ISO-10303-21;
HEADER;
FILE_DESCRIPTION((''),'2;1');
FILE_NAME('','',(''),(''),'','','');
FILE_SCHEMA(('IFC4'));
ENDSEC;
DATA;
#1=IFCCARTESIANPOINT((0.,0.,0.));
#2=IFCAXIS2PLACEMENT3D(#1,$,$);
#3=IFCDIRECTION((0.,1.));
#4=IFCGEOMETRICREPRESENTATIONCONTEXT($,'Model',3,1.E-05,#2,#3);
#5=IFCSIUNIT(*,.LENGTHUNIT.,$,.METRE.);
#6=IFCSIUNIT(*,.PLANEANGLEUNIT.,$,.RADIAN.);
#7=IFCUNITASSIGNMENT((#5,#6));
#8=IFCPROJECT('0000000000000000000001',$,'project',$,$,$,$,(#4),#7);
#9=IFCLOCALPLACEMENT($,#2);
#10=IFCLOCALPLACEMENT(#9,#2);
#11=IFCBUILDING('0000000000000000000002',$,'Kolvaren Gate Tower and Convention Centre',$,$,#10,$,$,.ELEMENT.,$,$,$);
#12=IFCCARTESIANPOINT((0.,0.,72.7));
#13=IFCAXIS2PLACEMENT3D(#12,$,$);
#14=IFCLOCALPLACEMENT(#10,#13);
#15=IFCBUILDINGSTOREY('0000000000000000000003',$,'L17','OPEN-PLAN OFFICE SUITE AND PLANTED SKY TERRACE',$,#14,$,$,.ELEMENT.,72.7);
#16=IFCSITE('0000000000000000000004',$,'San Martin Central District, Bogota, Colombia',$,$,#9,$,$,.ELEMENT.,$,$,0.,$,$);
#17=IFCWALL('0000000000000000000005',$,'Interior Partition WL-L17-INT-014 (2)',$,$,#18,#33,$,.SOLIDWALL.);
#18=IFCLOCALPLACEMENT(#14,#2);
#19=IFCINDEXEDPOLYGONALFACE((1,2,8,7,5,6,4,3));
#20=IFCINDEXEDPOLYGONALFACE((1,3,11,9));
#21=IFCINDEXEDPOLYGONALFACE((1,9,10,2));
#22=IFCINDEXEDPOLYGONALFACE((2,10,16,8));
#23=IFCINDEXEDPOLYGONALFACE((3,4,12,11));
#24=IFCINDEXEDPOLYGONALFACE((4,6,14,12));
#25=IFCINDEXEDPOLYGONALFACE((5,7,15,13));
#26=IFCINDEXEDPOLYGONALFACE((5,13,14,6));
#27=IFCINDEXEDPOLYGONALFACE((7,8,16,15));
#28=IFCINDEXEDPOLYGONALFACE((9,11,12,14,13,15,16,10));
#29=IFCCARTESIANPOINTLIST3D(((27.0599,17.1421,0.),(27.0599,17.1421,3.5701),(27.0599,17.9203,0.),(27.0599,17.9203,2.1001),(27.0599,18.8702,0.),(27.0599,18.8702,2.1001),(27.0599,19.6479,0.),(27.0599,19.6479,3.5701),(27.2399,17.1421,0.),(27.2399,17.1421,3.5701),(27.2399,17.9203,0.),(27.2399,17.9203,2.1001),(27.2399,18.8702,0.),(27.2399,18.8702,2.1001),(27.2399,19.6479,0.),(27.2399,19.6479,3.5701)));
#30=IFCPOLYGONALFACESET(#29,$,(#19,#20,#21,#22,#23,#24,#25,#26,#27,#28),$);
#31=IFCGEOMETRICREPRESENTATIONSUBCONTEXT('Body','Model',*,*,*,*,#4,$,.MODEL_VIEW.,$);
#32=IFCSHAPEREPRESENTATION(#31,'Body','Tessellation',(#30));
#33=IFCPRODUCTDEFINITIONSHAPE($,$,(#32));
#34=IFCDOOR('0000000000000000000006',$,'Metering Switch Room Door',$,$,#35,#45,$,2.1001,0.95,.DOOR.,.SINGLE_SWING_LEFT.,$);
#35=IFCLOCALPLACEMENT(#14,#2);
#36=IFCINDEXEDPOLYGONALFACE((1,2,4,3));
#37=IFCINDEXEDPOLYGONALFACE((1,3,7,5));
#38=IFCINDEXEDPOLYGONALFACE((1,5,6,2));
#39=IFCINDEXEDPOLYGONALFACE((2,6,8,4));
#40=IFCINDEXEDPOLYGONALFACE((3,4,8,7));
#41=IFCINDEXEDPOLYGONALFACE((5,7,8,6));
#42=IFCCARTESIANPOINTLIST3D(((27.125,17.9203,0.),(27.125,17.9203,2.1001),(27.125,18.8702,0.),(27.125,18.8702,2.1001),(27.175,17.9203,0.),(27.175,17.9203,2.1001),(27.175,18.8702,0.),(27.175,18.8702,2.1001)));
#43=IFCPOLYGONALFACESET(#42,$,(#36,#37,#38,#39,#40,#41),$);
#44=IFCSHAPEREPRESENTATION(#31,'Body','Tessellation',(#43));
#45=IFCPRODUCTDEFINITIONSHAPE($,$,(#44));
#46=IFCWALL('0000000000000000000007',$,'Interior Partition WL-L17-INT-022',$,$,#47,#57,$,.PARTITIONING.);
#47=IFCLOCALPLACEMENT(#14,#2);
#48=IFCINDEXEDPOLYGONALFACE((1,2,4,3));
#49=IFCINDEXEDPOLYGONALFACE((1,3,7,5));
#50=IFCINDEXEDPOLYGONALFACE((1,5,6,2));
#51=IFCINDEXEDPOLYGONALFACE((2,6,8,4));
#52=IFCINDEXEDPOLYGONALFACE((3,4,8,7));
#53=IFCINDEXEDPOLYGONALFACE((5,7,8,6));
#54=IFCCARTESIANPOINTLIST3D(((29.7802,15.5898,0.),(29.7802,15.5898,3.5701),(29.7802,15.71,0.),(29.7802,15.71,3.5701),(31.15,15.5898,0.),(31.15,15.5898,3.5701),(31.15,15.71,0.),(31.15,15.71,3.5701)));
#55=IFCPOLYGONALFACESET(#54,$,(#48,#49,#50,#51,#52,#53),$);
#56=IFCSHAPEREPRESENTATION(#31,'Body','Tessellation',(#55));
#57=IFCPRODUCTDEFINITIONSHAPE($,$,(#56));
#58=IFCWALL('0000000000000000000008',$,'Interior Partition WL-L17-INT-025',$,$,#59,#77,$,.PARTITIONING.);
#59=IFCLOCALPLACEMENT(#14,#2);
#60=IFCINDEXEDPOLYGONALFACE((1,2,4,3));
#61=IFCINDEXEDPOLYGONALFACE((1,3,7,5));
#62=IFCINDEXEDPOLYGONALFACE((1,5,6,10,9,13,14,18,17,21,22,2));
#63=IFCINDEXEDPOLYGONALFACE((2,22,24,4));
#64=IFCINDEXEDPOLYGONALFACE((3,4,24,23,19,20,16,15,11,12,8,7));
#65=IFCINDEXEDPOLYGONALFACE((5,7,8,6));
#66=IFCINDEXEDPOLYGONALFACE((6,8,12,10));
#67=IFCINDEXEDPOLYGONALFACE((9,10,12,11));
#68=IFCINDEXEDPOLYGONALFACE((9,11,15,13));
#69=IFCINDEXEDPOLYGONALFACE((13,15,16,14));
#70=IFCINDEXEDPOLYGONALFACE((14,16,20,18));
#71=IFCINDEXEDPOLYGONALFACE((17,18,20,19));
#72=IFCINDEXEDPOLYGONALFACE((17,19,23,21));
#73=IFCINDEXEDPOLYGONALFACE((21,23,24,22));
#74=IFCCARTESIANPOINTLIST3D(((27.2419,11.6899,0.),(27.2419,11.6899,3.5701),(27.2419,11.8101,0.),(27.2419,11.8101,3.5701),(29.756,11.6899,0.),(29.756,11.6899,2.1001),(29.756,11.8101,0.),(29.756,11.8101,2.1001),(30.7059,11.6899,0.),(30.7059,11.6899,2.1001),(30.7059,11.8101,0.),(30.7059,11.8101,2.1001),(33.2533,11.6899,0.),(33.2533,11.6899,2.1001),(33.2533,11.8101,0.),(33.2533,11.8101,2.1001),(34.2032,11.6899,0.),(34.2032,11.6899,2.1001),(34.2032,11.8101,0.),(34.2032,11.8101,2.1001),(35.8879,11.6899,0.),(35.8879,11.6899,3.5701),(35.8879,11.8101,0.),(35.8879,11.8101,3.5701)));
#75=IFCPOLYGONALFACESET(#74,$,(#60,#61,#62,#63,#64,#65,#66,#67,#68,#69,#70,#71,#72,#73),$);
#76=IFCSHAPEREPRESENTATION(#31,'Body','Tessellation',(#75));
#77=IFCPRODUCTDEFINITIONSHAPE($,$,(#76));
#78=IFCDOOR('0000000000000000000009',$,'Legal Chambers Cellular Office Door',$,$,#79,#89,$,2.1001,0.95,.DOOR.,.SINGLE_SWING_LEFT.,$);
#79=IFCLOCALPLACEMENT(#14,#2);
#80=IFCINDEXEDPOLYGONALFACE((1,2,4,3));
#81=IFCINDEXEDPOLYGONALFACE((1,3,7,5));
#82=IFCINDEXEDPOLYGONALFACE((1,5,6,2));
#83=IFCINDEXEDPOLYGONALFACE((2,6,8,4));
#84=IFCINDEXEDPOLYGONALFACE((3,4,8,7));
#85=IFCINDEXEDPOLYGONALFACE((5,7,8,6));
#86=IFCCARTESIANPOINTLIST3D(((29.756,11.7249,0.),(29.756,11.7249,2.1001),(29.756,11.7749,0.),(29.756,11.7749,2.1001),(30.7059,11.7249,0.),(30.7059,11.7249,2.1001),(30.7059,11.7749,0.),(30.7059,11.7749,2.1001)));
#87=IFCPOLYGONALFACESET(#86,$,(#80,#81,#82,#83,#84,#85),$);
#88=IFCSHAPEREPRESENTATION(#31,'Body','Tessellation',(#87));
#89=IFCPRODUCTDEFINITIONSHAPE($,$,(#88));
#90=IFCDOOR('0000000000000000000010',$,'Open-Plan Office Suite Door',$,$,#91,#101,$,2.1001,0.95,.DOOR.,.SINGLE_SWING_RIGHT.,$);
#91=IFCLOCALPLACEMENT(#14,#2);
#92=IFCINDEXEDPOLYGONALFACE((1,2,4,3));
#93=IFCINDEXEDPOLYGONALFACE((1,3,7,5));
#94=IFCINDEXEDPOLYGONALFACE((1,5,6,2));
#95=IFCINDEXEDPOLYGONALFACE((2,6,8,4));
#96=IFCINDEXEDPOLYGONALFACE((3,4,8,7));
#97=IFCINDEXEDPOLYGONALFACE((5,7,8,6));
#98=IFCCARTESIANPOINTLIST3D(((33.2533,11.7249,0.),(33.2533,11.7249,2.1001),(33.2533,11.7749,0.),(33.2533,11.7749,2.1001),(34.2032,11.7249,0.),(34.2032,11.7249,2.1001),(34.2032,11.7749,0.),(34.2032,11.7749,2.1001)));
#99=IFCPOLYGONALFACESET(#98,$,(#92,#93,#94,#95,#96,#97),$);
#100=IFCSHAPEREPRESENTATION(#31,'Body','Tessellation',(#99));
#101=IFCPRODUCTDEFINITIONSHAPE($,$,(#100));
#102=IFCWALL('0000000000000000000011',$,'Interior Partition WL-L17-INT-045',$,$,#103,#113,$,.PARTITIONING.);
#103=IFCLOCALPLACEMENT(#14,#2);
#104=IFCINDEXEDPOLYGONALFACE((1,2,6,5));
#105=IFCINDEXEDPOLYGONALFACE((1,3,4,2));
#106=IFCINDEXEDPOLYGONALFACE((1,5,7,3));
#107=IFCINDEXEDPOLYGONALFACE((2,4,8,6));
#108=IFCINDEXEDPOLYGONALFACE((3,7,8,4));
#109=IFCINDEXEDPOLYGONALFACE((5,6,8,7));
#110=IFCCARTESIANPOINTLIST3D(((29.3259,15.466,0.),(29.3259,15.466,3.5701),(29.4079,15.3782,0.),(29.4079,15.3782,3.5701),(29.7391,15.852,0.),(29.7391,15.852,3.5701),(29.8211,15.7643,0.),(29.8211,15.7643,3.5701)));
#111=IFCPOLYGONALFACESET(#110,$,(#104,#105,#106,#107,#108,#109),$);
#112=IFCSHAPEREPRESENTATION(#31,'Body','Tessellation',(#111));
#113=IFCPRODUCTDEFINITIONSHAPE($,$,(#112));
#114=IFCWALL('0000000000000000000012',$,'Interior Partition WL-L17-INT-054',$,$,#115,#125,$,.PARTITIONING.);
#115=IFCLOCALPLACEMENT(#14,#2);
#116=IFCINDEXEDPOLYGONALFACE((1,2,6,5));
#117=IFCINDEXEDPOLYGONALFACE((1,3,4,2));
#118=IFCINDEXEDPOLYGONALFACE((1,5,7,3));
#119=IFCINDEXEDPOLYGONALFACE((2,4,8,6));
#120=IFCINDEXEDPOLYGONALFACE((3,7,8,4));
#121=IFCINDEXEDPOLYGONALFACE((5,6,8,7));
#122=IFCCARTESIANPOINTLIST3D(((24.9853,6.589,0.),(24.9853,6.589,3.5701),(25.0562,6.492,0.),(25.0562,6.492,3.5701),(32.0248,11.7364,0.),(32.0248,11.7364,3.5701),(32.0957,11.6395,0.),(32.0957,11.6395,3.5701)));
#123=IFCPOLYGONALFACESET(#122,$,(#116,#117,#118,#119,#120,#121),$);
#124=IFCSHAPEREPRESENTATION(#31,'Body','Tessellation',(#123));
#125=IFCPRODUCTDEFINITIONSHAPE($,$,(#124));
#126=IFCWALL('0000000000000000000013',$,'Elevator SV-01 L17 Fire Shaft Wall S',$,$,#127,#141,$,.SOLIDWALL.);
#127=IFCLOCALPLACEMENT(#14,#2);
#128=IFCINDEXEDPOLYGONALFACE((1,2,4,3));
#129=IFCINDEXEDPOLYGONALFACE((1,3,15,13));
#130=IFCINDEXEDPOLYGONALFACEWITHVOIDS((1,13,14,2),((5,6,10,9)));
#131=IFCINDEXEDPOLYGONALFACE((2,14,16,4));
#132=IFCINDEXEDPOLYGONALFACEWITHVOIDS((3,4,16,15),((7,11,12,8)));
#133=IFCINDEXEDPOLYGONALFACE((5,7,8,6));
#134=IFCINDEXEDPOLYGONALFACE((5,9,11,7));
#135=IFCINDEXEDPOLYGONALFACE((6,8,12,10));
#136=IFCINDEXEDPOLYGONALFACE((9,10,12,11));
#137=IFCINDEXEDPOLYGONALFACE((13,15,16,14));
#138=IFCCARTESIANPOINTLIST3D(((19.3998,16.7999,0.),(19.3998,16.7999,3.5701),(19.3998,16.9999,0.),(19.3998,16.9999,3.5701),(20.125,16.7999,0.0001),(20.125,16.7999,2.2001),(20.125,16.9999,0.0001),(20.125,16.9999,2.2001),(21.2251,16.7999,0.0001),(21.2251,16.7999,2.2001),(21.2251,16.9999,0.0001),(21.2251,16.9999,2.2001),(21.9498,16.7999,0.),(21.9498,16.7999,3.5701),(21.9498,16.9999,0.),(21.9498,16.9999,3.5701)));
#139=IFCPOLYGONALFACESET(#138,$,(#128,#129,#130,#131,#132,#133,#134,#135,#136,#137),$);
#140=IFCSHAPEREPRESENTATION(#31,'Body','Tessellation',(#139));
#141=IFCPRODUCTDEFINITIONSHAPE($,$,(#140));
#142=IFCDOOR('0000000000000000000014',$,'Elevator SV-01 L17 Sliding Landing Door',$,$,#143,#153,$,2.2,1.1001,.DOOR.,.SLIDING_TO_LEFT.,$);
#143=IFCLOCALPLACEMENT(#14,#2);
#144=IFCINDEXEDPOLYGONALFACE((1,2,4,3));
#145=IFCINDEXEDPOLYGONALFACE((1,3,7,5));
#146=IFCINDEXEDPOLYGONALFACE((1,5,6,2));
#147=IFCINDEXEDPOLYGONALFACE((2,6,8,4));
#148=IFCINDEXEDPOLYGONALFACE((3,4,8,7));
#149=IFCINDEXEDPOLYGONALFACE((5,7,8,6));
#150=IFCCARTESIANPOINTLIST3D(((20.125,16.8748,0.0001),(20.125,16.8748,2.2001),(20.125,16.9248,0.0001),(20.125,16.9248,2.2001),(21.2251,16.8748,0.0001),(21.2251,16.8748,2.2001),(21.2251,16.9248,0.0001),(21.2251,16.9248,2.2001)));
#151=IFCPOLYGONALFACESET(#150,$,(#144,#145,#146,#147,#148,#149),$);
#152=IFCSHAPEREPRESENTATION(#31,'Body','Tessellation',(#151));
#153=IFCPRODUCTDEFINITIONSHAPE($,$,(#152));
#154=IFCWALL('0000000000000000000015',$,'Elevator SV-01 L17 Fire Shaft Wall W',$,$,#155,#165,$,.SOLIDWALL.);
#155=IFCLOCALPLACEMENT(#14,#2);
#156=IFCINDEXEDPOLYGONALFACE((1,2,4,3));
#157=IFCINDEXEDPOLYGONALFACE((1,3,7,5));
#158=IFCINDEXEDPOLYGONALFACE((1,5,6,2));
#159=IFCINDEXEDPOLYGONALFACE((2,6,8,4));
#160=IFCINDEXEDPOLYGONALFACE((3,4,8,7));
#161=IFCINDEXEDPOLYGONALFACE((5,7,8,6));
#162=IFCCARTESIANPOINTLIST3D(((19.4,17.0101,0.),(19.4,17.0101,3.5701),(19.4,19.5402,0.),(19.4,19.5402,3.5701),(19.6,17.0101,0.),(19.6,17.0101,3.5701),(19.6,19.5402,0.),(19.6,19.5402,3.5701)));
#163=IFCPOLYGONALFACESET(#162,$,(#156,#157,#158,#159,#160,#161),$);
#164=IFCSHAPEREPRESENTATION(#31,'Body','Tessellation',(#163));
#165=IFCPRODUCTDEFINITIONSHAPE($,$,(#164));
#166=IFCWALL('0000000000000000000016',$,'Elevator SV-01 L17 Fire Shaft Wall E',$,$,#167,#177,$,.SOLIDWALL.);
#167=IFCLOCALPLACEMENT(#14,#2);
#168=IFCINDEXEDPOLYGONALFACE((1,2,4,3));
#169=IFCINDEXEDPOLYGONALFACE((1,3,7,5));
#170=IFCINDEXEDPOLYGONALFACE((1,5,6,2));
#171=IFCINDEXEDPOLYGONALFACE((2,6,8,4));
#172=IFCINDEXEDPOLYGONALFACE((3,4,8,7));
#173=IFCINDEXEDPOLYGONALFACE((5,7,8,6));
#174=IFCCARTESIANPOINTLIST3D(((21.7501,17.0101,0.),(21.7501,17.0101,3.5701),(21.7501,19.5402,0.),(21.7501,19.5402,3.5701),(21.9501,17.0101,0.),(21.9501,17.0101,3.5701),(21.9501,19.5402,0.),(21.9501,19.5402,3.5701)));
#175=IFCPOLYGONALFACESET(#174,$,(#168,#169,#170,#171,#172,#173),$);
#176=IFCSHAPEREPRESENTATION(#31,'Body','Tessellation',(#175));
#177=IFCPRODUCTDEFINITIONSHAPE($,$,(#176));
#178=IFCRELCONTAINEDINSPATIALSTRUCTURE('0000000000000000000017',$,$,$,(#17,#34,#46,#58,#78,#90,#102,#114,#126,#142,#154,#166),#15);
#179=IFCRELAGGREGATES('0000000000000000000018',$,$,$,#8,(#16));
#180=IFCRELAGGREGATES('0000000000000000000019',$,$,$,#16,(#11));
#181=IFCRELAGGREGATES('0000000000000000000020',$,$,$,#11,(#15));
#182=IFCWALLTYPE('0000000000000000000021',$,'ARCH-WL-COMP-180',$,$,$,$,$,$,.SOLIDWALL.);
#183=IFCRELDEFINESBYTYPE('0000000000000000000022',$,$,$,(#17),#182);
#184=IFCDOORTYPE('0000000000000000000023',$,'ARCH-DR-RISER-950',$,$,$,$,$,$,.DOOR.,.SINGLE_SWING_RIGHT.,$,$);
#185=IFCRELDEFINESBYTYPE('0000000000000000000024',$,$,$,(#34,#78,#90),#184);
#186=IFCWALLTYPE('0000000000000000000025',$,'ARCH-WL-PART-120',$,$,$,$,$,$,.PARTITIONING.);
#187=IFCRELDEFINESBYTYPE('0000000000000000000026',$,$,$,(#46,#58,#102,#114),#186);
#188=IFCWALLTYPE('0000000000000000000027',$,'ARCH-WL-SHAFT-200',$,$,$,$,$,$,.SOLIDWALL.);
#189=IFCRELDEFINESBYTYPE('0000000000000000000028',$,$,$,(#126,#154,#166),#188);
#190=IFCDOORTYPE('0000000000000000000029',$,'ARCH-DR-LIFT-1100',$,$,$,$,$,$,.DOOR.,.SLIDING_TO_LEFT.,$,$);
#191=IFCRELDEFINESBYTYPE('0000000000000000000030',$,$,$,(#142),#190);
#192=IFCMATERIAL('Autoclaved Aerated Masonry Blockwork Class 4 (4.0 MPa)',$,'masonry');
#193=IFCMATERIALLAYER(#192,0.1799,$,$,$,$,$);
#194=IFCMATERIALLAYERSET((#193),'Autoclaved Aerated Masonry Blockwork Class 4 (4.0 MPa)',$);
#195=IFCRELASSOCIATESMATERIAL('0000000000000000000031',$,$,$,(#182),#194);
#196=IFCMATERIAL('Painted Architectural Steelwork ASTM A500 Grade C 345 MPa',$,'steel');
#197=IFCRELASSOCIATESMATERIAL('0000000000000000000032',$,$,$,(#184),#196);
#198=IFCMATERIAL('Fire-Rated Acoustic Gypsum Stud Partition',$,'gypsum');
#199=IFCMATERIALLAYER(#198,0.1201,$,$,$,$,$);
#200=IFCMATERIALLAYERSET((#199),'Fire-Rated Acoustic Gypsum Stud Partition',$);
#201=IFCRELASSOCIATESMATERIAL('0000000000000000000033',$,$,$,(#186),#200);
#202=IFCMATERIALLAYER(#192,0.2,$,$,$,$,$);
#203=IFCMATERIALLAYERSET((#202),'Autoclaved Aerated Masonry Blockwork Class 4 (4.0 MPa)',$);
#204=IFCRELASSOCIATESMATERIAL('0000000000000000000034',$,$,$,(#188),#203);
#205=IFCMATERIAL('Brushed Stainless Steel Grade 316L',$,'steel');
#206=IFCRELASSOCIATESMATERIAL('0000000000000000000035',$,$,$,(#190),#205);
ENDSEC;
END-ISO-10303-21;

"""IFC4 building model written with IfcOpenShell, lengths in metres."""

from ifc_helpers import new_model, si_unit, direction, frame, frame_2d, origin, place, context, subcontext, project, spatial, rectangle, extrude, material, layer, layer_set, type_object, element, fill, save


model = new_model("IFC4")

# Units and contexts
model_context = context("Model", 3, precision=1e-05, world=origin(), true_north=direction((0.0, 1.0)))
body_context = subcontext(model_context, "Body", "Model", "MODEL_VIEW")
ifc_project = project(units=[si_unit("LENGTHUNIT", "METRE"), si_unit("PLANEANGLEUNIT", "RADIAN")], contexts=[model_context])

# Site, building, storey
site_placement = place(None, origin())
site = spatial("IfcSite", under=ifc_project, at=site_placement, Name="San Martin Central District, Bogota, Colombia", CompositionType="ELEMENT", RefElevation=0.0)
building_placement = place(site_placement, origin())
building = spatial("IfcBuilding", under=site, at=building_placement, Name="Kolvaren Gate Tower and Convention Centre", CompositionType="ELEMENT")
storey_placement = place(building_placement, frame((0.0, 0.0, 72.7)))
storey = spatial("IfcBuildingStorey", under=building, at=storey_placement, Name="L17", Description="OPEN-PLAN OFFICE SUITE AND PLANTED SKY TERRACE", CompositionType="ELEMENT", Elevation=72.7)

# Shared definitions
ifc_material_1 = material(Name="Autoclaved Aerated Masonry Blockwork Class 4 (4.0 MPa)", Category="masonry")
ifc_layer_1 = layer(ifc_material_1, 0.1799)
ifc_layer_set_1 = layer_set([ifc_layer_1], Name="Autoclaved Aerated Masonry Blockwork Class 4 (4.0 MPa)")
wall_type_1 = type_object("IfcWallType", Name="ARCH-WL-COMP-180", PredefinedType="SOLIDWALL", material=ifc_layer_set_1)

# Wall, opening, door
ifc_material_2 = material(Name="Painted Architectural Steelwork ASTM A500 Grade C 345 MPa", Category="steel")
door_type_1 = type_object("IfcDoorType", Name="ARCH-DR-RISER-950", OperationType="SINGLE_SWING_RIGHT", PredefinedType="DOOR", material=ifc_material_2)
wall_1_placement = place(storey_placement, frame((27.1499, 17.1421, 0.0), z_axis=(0.0, 0.0, 1.0), x_axis=(0.0, 1.0, 0.0)))
wall_1 = element("IfcWall", 1, at=wall_1_placement, inside=storey, type_object=wall_type_1, Name="Interior Partition WL-L17-INT-014 (2)", PredefinedType="SOLIDWALL", context=body_context, shape_type="SweptSolid", body=[
    extrude(rectangle(XDim=2.5059, YDim=0.1799, at=frame_2d((1.2529, 0.0))), origin(), (0.0, 0.0, 1.0), 3.5701),
])
opening_1_placement = place(wall_1_placement, frame((0.7781, 0.0, 0.0)))
opening_1 = element("IfcOpeningElement", 2, at=opening_1_placement, cuts=wall_1, PredefinedType="OPENING", context=body_context, shape_type="SweptSolid", body=[
    extrude(rectangle(XDim=0.95, YDim=2.1001, at=frame_2d((0.4751, 1.05))), frame((0.0, 0.0999, 0.0), z_axis=(0.0, -1.0, 0.0), x_axis=(1.0, 0.0, 0.0)), (0.0, 0.0, 1.0), 0.2),
])
door_1_placement = place(opening_1_placement, origin())
door_1 = element("IfcDoor", 3, at=door_1_placement, inside=storey, type_object=door_type_1, Name="Metering Switch Room Door", OperationType="SINGLE_SWING_LEFT", OverallHeight=2.1001, OverallWidth=0.95, PredefinedType="DOOR", context=body_context, shape_type="SweptSolid", body=[
    extrude(rectangle(XDim=0.95, YDim=2.1001, at=frame_2d((0.4751, 1.05))), frame((0.0, 0.0249, 0.0), z_axis=(0.0, -1.0, 0.0), x_axis=(1.0, 0.0, 0.0)), (0.0, 0.0, 1.0), 0.05),
])
fill(opening_1, door_1)

# Wall
ifc_material_3 = material(Name="Fire-Rated Acoustic Gypsum Stud Partition", Category="gypsum")
ifc_layer_2 = layer(ifc_material_3, 0.1201)
ifc_layer_set_2 = layer_set([ifc_layer_2], Name="Fire-Rated Acoustic Gypsum Stud Partition")
wall_type_2 = type_object("IfcWallType", Name="ARCH-WL-PART-120", PredefinedType="PARTITIONING", material=ifc_layer_set_2)
wall_2_placement = place(storey_placement, frame((29.78, 15.6499, 0.0), z_axis=(0.0, 0.0, 1.0), x_axis=(1.0, 0.0, 0.0)))
element("IfcWall", 4, at=wall_2_placement, inside=storey, type_object=wall_type_2, Name="Interior Partition WL-L17-INT-022", PredefinedType="PARTITIONING", context=body_context, shape_type="SweptSolid", body=[
    extrude(rectangle(XDim=1.3699, YDim=0.1201, at=frame_2d((0.6851, 0.0))), origin(), (0.0, 0.0, 1.0), 3.5701),
])

# Wall, openings, doors
wall_3_placement = place(storey_placement, frame((27.2419, 11.75, 0.0), z_axis=(0.0, 0.0, 1.0), x_axis=(1.0, 0.0, 0.0)))
wall_3 = element("IfcWall", 5, at=wall_3_placement, inside=storey, type_object=wall_type_2, Name="Interior Partition WL-L17-INT-025", PredefinedType="PARTITIONING", context=body_context, shape_type="SweptSolid", body=[
    extrude(rectangle(XDim=8.646, YDim=0.1201, at=frame_2d((4.323, 0.0))), origin(), (0.0, 0.0, 1.0), 3.5701),
])
opening_2_placement = place(wall_3_placement, frame((2.5139, 0.0, 0.0)))
opening_2 = element("IfcOpeningElement", 6, at=opening_2_placement, cuts=wall_3, PredefinedType="OPENING", context=body_context, shape_type="SweptSolid", body=[
    extrude(rectangle(XDim=0.95, YDim=2.1001, at=frame_2d((0.4751, 1.05))), frame((0.0, 0.0701, 0.0), z_axis=(0.0, -1.0, 0.0), x_axis=(1.0, 0.0, 0.0)), (0.0, 0.0, 1.0), 0.1401),
])
opening_3_placement = place(wall_3_placement, frame((6.0112, 0.0, 0.0)))
opening_3 = element("IfcOpeningElement", 7, at=opening_3_placement, cuts=wall_3, PredefinedType="OPENING", context=body_context, shape_type="SweptSolid", body=[
    extrude(rectangle(XDim=0.95, YDim=2.1001, at=frame_2d((0.4751, 1.05))), frame((0.0, 0.0701, 0.0), z_axis=(0.0, -1.0, 0.0), x_axis=(1.0, 0.0, 0.0)), (0.0, 0.0, 1.0), 0.1401),
])
door_2_placement = place(opening_2_placement, origin())
door_2 = element("IfcDoor", 8, at=door_2_placement, inside=storey, type_object=door_type_1, Name="Legal Chambers Cellular Office Door", OperationType="SINGLE_SWING_LEFT", OverallHeight=2.1001, OverallWidth=0.95, PredefinedType="DOOR", context=body_context, shape_type="SweptSolid", body=[
    extrude(rectangle(XDim=0.95, YDim=2.1001, at=frame_2d((0.4751, 1.05))), frame((0.0, 0.0249, 0.0), z_axis=(0.0, -1.0, 0.0), x_axis=(1.0, 0.0, 0.0)), (0.0, 0.0, 1.0), 0.05),
])
fill(opening_2, door_2)
door_3_placement = place(opening_3_placement, origin())
door_3 = element("IfcDoor", 9, at=door_3_placement, inside=storey, type_object=door_type_1, Name="Open-Plan Office Suite Door", OperationType="SINGLE_SWING_RIGHT", OverallHeight=2.1001, OverallWidth=0.95, PredefinedType="DOOR", context=body_context, shape_type="SweptSolid", body=[
    extrude(rectangle(XDim=0.95, YDim=2.1001, at=frame_2d((0.4751, 1.05))), frame((0.0, 0.0249, 0.0), z_axis=(0.0, -1.0, 0.0), x_axis=(1.0, 0.0, 0.0)), (0.0, 0.0, 1.0), 0.05),
])
fill(opening_3, door_3)

# Walls
wall_4_placement = place(storey_placement, frame((29.3669, 15.4221, 0.0), z_axis=(0.0, 0.0, 1.0), x_axis=(0.730667, 0.682734, 0.0)))
element("IfcWall", 10, at=wall_4_placement, inside=storey, type_object=wall_type_2, Name="Interior Partition WL-L17-INT-045", PredefinedType="PARTITIONING", context=body_context, shape_type="SweptSolid", body=[
    extrude(rectangle(XDim=0.5654, YDim=0.1201, at=frame_2d((0.2827, 0.0))), origin(), (0.0, 0.0, 1.0), 3.5701),
])
wall_5_placement = place(storey_placement, frame((25.0208, 6.5405, 0.0), z_axis=(0.0, 0.0, 1.0), x_axis=(0.807218, 0.590254, 0.0)))
element("IfcWall", 11, at=wall_5_placement, inside=storey, type_object=wall_type_2, Name="Interior Partition WL-L17-INT-054", PredefinedType="PARTITIONING", context=body_context, shape_type="SweptSolid", body=[
    extrude(rectangle(XDim=8.7207, YDim=0.1201, at=frame_2d((4.3604, 0.0))), origin(), (0.0, 0.0, 1.0), 3.5701),
])

# Wall, opening, door
ifc_layer_3 = layer(ifc_material_1, 0.2)
ifc_layer_set_3 = layer_set([ifc_layer_3], Name="Autoclaved Aerated Masonry Blockwork Class 4 (4.0 MPa)")
wall_type_3 = type_object("IfcWallType", Name="ARCH-WL-SHAFT-200", PredefinedType="SOLIDWALL", material=ifc_layer_set_3)
wall_6_placement = place(storey_placement, frame((19.3999, 16.8999, 0.0), z_axis=(0.0, 0.0, 1.0), x_axis=(1.0, 0.0, 0.0)))
wall_6 = element("IfcWall", 12, at=wall_6_placement, inside=storey, type_object=wall_type_3, Name="Elevator SV-01 L17 Fire Shaft Wall S", PredefinedType="SOLIDWALL", context=body_context, shape_type="SweptSolid", body=[
    extrude(rectangle(XDim=2.55, YDim=0.2, at=frame_2d((1.2749, 0.0))), origin(), (0.0, 0.0, 1.0), 3.5701),
])
opening_4_placement = place(wall_6_placement, frame((0.7251, 0.0, 0.0)))
opening_4 = element("IfcOpeningElement", 13, at=opening_4_placement, cuts=wall_6, PredefinedType="OPENING", context=body_context, shape_type="SweptSolid", body=[
    extrude(rectangle(XDim=1.1001, YDim=2.2, at=frame_2d((0.55, 1.1001))), frame((0.0, 0.1099, 0.0), z_axis=(0.0, -1.0, 0.0), x_axis=(1.0, 0.0, 0.0)), (0.0, 0.0, 1.0), 0.22),
])
ifc_material_4 = material(Name="Brushed Stainless Steel Grade 316L", Category="steel")
door_type_2 = type_object("IfcDoorType", Name="ARCH-DR-LIFT-1100", OperationType="SLIDING_TO_LEFT", PredefinedType="DOOR", material=ifc_material_4)
door_4_placement = place(opening_4_placement, origin())
door_4 = element("IfcDoor", 14, at=door_4_placement, inside=storey, type_object=door_type_2, Name="Elevator SV-01 L17 Sliding Landing Door", OperationType="SLIDING_TO_LEFT", OverallHeight=2.2, OverallWidth=1.1001, PredefinedType="DOOR", context=body_context, shape_type="SweptSolid", body=[
    extrude(rectangle(XDim=1.1001, YDim=2.2, at=frame_2d((0.55, 1.1001))), frame((0.0, 0.0249, 0.0), z_axis=(0.0, -1.0, 0.0), x_axis=(1.0, 0.0, 0.0)), (0.0, 0.0, 1.0), 0.05),
])
fill(opening_4, door_4)

# Walls
for number, where, z_axis, x_axis, name in (
    (15, (19.5, 17.01, 0.0), (0.0, 0.0, 1.0), (0.0, 1.0, 0.0), "Elevator SV-01 L17 Fire Shaft Wall W"),
    (16, (21.8501, 17.01, 0.0), (0.0, 0.0, 1.0), (0.0, 1.0, 0.0), "Elevator SV-01 L17 Fire Shaft Wall E"),
):
    element("IfcWall", number, at=place(storey_placement, frame(where, z_axis=z_axis, x_axis=x_axis)), inside=storey, type_object=wall_type_3, Name=name, PredefinedType="SOLIDWALL", context=body_context, shape_type="SweptSolid", body=[
        extrude(rectangle(XDim=2.53, YDim=0.2, at=frame_2d((1.2651, 0.0))), origin(), (0.0, 0.0, 1.0), 3.5701),
    ])

save(model, "model.ifc")
